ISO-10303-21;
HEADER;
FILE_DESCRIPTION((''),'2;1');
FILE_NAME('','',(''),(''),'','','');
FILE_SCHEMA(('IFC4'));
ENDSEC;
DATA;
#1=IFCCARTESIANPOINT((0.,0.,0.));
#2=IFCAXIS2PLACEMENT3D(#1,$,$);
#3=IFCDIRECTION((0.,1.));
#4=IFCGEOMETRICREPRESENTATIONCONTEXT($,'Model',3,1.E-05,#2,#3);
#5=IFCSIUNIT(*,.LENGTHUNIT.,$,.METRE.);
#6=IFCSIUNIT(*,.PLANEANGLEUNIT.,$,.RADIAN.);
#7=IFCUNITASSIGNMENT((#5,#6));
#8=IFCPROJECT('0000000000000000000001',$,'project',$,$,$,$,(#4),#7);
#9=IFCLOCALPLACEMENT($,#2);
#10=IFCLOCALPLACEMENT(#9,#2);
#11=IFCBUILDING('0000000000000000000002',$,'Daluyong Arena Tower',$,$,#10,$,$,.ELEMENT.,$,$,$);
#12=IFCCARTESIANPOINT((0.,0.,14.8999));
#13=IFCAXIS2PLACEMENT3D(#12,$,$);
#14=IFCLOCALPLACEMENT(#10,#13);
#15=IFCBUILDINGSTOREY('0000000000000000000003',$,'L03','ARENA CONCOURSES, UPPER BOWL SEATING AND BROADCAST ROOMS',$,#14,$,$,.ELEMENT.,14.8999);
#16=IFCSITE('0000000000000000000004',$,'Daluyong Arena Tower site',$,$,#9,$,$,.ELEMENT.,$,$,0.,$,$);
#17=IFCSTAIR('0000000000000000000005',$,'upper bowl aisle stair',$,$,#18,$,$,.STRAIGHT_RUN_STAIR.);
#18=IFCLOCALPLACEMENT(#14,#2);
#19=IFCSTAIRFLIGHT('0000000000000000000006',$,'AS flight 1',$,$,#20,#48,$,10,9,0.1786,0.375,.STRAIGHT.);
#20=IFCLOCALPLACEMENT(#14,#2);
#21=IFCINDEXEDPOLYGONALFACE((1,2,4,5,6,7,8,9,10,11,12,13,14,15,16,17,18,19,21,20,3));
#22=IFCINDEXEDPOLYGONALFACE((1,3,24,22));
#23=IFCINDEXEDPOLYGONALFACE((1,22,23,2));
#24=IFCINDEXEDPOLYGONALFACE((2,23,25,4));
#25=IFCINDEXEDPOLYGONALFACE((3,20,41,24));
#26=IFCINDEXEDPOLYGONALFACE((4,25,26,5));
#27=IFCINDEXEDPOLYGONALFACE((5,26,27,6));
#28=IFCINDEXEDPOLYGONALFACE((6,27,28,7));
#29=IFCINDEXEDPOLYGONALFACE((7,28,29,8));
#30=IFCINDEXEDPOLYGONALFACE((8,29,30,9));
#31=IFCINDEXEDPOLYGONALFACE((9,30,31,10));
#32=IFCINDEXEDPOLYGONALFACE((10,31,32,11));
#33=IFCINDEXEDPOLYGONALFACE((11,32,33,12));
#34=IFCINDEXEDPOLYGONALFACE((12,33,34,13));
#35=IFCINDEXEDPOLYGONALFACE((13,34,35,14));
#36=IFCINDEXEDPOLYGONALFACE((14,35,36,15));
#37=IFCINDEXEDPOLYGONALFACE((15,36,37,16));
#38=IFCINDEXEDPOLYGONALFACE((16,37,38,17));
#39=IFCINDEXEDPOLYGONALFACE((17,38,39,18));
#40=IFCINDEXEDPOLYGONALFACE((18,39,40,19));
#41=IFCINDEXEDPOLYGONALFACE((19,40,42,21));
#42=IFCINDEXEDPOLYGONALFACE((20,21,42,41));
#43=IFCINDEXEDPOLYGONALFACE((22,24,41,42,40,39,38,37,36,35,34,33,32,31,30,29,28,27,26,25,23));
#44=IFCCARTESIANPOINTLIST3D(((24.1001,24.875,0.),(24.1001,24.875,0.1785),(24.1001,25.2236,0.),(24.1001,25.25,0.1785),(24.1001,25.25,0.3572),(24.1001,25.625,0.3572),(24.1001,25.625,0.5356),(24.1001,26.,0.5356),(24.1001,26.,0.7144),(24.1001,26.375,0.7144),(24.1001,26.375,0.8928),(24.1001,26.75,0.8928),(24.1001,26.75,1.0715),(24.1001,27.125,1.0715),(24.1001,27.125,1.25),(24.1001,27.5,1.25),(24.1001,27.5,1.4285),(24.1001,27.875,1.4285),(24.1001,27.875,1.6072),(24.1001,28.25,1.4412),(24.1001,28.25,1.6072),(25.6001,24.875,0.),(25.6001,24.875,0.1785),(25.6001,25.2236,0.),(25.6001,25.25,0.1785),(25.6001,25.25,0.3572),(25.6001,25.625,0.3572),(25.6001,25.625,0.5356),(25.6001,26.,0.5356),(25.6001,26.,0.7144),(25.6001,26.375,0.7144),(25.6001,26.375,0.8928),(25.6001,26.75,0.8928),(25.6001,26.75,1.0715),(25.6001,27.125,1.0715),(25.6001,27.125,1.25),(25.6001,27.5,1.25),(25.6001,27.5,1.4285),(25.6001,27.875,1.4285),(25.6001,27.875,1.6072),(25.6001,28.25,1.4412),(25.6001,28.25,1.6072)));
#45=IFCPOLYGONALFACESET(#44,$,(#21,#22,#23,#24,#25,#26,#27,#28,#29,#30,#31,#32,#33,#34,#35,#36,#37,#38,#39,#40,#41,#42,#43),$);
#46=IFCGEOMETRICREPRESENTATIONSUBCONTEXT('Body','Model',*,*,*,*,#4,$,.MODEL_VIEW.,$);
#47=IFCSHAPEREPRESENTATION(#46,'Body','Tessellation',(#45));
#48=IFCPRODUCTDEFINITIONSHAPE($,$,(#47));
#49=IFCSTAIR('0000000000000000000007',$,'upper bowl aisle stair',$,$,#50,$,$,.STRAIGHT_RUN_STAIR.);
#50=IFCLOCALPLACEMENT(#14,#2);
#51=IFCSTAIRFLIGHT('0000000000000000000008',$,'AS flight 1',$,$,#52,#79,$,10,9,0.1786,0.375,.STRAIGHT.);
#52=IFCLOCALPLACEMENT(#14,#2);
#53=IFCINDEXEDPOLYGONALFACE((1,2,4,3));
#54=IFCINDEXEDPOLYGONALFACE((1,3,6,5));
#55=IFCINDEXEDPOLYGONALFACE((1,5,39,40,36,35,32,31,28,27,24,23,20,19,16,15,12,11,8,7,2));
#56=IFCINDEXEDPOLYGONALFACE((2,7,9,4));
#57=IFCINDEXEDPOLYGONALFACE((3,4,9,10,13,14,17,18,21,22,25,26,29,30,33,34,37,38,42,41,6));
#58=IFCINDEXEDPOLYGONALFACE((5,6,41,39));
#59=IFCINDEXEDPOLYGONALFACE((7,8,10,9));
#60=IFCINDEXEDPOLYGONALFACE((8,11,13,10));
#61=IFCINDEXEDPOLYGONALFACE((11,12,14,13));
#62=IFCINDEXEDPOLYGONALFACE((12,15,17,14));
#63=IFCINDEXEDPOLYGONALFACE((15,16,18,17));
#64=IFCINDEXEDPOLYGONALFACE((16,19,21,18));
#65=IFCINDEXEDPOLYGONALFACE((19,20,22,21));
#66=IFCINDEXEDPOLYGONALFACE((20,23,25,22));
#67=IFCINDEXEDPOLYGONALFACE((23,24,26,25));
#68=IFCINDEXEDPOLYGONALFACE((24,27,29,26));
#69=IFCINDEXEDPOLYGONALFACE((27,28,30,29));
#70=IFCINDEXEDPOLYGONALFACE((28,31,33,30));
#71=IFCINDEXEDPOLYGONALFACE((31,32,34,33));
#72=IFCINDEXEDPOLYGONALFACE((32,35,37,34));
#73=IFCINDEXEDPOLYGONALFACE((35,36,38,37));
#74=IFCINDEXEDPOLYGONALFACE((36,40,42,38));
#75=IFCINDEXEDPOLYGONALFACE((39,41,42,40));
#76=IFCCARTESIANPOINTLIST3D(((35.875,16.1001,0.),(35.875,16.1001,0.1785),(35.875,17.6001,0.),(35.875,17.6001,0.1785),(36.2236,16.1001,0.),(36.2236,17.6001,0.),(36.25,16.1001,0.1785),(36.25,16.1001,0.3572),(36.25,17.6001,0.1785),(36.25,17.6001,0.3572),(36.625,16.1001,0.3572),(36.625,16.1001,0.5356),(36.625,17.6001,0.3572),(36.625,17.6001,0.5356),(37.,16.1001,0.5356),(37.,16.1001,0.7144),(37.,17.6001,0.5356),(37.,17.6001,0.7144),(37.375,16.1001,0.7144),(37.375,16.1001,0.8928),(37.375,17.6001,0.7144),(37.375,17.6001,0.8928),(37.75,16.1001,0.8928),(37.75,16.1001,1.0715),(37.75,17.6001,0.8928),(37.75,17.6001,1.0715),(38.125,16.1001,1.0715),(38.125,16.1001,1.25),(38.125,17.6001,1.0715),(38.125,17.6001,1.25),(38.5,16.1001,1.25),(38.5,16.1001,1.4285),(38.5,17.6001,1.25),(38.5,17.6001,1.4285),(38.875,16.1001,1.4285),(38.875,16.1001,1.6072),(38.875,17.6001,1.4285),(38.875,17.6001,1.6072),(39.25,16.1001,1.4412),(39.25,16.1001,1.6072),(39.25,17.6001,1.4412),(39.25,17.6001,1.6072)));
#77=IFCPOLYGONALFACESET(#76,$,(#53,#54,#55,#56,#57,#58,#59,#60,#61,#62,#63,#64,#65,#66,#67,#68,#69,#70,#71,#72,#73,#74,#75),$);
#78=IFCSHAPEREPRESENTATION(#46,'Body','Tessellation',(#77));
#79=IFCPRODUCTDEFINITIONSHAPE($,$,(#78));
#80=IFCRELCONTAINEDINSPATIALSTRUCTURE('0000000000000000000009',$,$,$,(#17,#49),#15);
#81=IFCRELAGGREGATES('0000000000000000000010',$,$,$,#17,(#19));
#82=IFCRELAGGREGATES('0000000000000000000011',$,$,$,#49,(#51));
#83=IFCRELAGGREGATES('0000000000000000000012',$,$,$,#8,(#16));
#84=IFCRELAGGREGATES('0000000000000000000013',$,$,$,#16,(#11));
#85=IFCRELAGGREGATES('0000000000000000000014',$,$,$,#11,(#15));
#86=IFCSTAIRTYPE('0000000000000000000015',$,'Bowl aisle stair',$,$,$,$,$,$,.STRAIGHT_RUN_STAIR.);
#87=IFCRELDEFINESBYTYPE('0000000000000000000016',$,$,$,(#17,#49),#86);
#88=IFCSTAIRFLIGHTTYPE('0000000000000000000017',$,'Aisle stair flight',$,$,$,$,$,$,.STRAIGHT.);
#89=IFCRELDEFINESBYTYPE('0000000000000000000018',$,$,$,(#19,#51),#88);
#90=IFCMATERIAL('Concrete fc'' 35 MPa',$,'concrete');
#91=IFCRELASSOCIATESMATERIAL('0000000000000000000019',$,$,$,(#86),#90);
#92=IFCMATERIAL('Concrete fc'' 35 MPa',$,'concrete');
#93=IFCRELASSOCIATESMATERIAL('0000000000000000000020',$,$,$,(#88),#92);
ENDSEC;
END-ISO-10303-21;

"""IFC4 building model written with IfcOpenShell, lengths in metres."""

from ifc_helpers import new_model, si_unit, direction, frame, origin, place, context, subcontext, project, spatial, polyline, outline, extrude, material, type_object, element, aggregate, save


model = new_model("IFC4")

# Units and contexts
model_context = context("Model", 3, precision=1e-05, world=origin(), true_north=direction((0.0, 1.0)))
body_context = subcontext(model_context, "Body", "Model", "MODEL_VIEW")
ifc_project = project(units=[si_unit("LENGTHUNIT", "METRE"), si_unit("PLANEANGLEUNIT", "RADIAN")], contexts=[model_context])

# Site, building, storey
site_placement = place(None, origin())
site = spatial("IfcSite", under=ifc_project, at=site_placement, Name="Daluyong Arena Tower site", CompositionType="ELEMENT", RefElevation=0.0)
building_placement = place(site_placement, origin())
building = spatial("IfcBuilding", under=site, at=building_placement, Name="Daluyong Arena Tower", CompositionType="ELEMENT")
storey_placement = place(building_placement, frame((0.0, 0.0, 14.8999)))
storey = spatial("IfcBuildingStorey", under=building, at=storey_placement, Name="L03", Description="ARENA CONCOURSES, UPPER BOWL SEATING AND BROADCAST ROOMS", CompositionType="ELEMENT", Elevation=14.8999)

# Stairs, stair flights
ifc_material_1 = material(Name="Concrete fc' 35 MPa", Category="concrete")
stair_type = type_object("IfcStairType", Name="Bowl aisle stair", PredefinedType="STRAIGHT_RUN_STAIR", material=ifc_material_1)
stair_1_placement = place(storey_placement, origin())
stair_1 = element("IfcStair", 1, at=stair_1_placement, inside=storey, type_object=stair_type, Name="upper bowl aisle stair", PredefinedType="STRAIGHT_RUN_STAIR")
ifc_material_2 = material(Name="Concrete fc' 35 MPa", Category="concrete")
stair_flight_type = type_object("IfcStairFlightType", Name="Aisle stair flight", PredefinedType="STRAIGHT", material=ifc_material_2)
stair_flight_1_placement = place(storey_placement, frame((24.8501, 24.875, 0.0), z_axis=(0.0, 0.0, 1.0), x_axis=(0.0, 1.0, 0.0)))
stair_flight_1 = element("IfcStairFlight", 2, at=stair_flight_1_placement, type_object=stair_flight_type, Name="AS flight 1", NumberOfRisers=10, NumberOfTreads=9, PredefinedType="STRAIGHT", RiserHeight=0.1786, TreadLength=0.375, context=body_context, shape_type="SweptSolid", body=[
    extrude(outline(polyline([(0.0, 0.0), (0.0, 0.1785), (0.375, 0.1785), (0.375, 0.3572), (0.75, 0.3572), (0.75, 0.5356), (1.125, 0.5356), (1.125, 0.7144), (1.5, 0.7144), (1.5, 0.8928), (1.875, 0.8928), (1.875, 1.0715), (2.25, 1.0715), (2.25, 1.25), (2.625, 1.25), (2.625, 1.4285), (3.0, 1.4285), (3.0, 1.6072), (3.375, 1.6072), (3.375, 1.7856), (3.375, 1.4412), (0.3486, 0.0), (0.0, 0.0)])), frame((0.0, 0.75, 0.0), z_axis=(0.0, -1.0, 0.0), x_axis=(1.0, 0.0, 0.0)), (0.0, 0.0, 1.0), 1.5),
])
aggregate(stair_1, [stair_flight_1])
stair_2_placement = place(storey_placement, origin())
stair_2 = element("IfcStair", 3, at=stair_2_placement, inside=storey, type_object=stair_type, Name="upper bowl aisle stair", PredefinedType="STRAIGHT_RUN_STAIR")
stair_flight_2_placement = place(storey_placement, frame((35.875, 16.8501, 0.0), z_axis=(0.0, 0.0, 1.0), x_axis=(1.0, 0.0, 0.0)))
stair_flight_2 = element("IfcStairFlight", 4, at=stair_flight_2_placement, type_object=stair_flight_type, Name="AS flight 1", NumberOfRisers=10, NumberOfTreads=9, PredefinedType="STRAIGHT", RiserHeight=0.1786, TreadLength=0.375, context=body_context, shape_type="SweptSolid", body=[
    extrude(outline(polyline([(0.0, 0.0), (0.0, 0.1785), (0.375, 0.1785), (0.375, 0.3572), (0.75, 0.3572), (0.75, 0.5356), (1.125, 0.5356), (1.125, 0.7144), (1.5, 0.7144), (1.5, 0.8928), (1.875, 0.8928), (1.875, 1.0715), (2.25, 1.0715), (2.25, 1.25), (2.625, 1.25), (2.625, 1.4285), (3.0, 1.4285), (3.0, 1.6072), (3.375, 1.6072), (3.375, 1.7856), (3.375, 1.4412), (0.3486, 0.0), (0.0, 0.0)])), frame((0.0, 0.75, 0.0), z_axis=(0.0, -1.0, 0.0), x_axis=(1.0, 0.0, 0.0)), (0.0, 0.0, 1.0), 1.5),
])
aggregate(stair_2, [stair_flight_2])

save(model, "model.ifc")
